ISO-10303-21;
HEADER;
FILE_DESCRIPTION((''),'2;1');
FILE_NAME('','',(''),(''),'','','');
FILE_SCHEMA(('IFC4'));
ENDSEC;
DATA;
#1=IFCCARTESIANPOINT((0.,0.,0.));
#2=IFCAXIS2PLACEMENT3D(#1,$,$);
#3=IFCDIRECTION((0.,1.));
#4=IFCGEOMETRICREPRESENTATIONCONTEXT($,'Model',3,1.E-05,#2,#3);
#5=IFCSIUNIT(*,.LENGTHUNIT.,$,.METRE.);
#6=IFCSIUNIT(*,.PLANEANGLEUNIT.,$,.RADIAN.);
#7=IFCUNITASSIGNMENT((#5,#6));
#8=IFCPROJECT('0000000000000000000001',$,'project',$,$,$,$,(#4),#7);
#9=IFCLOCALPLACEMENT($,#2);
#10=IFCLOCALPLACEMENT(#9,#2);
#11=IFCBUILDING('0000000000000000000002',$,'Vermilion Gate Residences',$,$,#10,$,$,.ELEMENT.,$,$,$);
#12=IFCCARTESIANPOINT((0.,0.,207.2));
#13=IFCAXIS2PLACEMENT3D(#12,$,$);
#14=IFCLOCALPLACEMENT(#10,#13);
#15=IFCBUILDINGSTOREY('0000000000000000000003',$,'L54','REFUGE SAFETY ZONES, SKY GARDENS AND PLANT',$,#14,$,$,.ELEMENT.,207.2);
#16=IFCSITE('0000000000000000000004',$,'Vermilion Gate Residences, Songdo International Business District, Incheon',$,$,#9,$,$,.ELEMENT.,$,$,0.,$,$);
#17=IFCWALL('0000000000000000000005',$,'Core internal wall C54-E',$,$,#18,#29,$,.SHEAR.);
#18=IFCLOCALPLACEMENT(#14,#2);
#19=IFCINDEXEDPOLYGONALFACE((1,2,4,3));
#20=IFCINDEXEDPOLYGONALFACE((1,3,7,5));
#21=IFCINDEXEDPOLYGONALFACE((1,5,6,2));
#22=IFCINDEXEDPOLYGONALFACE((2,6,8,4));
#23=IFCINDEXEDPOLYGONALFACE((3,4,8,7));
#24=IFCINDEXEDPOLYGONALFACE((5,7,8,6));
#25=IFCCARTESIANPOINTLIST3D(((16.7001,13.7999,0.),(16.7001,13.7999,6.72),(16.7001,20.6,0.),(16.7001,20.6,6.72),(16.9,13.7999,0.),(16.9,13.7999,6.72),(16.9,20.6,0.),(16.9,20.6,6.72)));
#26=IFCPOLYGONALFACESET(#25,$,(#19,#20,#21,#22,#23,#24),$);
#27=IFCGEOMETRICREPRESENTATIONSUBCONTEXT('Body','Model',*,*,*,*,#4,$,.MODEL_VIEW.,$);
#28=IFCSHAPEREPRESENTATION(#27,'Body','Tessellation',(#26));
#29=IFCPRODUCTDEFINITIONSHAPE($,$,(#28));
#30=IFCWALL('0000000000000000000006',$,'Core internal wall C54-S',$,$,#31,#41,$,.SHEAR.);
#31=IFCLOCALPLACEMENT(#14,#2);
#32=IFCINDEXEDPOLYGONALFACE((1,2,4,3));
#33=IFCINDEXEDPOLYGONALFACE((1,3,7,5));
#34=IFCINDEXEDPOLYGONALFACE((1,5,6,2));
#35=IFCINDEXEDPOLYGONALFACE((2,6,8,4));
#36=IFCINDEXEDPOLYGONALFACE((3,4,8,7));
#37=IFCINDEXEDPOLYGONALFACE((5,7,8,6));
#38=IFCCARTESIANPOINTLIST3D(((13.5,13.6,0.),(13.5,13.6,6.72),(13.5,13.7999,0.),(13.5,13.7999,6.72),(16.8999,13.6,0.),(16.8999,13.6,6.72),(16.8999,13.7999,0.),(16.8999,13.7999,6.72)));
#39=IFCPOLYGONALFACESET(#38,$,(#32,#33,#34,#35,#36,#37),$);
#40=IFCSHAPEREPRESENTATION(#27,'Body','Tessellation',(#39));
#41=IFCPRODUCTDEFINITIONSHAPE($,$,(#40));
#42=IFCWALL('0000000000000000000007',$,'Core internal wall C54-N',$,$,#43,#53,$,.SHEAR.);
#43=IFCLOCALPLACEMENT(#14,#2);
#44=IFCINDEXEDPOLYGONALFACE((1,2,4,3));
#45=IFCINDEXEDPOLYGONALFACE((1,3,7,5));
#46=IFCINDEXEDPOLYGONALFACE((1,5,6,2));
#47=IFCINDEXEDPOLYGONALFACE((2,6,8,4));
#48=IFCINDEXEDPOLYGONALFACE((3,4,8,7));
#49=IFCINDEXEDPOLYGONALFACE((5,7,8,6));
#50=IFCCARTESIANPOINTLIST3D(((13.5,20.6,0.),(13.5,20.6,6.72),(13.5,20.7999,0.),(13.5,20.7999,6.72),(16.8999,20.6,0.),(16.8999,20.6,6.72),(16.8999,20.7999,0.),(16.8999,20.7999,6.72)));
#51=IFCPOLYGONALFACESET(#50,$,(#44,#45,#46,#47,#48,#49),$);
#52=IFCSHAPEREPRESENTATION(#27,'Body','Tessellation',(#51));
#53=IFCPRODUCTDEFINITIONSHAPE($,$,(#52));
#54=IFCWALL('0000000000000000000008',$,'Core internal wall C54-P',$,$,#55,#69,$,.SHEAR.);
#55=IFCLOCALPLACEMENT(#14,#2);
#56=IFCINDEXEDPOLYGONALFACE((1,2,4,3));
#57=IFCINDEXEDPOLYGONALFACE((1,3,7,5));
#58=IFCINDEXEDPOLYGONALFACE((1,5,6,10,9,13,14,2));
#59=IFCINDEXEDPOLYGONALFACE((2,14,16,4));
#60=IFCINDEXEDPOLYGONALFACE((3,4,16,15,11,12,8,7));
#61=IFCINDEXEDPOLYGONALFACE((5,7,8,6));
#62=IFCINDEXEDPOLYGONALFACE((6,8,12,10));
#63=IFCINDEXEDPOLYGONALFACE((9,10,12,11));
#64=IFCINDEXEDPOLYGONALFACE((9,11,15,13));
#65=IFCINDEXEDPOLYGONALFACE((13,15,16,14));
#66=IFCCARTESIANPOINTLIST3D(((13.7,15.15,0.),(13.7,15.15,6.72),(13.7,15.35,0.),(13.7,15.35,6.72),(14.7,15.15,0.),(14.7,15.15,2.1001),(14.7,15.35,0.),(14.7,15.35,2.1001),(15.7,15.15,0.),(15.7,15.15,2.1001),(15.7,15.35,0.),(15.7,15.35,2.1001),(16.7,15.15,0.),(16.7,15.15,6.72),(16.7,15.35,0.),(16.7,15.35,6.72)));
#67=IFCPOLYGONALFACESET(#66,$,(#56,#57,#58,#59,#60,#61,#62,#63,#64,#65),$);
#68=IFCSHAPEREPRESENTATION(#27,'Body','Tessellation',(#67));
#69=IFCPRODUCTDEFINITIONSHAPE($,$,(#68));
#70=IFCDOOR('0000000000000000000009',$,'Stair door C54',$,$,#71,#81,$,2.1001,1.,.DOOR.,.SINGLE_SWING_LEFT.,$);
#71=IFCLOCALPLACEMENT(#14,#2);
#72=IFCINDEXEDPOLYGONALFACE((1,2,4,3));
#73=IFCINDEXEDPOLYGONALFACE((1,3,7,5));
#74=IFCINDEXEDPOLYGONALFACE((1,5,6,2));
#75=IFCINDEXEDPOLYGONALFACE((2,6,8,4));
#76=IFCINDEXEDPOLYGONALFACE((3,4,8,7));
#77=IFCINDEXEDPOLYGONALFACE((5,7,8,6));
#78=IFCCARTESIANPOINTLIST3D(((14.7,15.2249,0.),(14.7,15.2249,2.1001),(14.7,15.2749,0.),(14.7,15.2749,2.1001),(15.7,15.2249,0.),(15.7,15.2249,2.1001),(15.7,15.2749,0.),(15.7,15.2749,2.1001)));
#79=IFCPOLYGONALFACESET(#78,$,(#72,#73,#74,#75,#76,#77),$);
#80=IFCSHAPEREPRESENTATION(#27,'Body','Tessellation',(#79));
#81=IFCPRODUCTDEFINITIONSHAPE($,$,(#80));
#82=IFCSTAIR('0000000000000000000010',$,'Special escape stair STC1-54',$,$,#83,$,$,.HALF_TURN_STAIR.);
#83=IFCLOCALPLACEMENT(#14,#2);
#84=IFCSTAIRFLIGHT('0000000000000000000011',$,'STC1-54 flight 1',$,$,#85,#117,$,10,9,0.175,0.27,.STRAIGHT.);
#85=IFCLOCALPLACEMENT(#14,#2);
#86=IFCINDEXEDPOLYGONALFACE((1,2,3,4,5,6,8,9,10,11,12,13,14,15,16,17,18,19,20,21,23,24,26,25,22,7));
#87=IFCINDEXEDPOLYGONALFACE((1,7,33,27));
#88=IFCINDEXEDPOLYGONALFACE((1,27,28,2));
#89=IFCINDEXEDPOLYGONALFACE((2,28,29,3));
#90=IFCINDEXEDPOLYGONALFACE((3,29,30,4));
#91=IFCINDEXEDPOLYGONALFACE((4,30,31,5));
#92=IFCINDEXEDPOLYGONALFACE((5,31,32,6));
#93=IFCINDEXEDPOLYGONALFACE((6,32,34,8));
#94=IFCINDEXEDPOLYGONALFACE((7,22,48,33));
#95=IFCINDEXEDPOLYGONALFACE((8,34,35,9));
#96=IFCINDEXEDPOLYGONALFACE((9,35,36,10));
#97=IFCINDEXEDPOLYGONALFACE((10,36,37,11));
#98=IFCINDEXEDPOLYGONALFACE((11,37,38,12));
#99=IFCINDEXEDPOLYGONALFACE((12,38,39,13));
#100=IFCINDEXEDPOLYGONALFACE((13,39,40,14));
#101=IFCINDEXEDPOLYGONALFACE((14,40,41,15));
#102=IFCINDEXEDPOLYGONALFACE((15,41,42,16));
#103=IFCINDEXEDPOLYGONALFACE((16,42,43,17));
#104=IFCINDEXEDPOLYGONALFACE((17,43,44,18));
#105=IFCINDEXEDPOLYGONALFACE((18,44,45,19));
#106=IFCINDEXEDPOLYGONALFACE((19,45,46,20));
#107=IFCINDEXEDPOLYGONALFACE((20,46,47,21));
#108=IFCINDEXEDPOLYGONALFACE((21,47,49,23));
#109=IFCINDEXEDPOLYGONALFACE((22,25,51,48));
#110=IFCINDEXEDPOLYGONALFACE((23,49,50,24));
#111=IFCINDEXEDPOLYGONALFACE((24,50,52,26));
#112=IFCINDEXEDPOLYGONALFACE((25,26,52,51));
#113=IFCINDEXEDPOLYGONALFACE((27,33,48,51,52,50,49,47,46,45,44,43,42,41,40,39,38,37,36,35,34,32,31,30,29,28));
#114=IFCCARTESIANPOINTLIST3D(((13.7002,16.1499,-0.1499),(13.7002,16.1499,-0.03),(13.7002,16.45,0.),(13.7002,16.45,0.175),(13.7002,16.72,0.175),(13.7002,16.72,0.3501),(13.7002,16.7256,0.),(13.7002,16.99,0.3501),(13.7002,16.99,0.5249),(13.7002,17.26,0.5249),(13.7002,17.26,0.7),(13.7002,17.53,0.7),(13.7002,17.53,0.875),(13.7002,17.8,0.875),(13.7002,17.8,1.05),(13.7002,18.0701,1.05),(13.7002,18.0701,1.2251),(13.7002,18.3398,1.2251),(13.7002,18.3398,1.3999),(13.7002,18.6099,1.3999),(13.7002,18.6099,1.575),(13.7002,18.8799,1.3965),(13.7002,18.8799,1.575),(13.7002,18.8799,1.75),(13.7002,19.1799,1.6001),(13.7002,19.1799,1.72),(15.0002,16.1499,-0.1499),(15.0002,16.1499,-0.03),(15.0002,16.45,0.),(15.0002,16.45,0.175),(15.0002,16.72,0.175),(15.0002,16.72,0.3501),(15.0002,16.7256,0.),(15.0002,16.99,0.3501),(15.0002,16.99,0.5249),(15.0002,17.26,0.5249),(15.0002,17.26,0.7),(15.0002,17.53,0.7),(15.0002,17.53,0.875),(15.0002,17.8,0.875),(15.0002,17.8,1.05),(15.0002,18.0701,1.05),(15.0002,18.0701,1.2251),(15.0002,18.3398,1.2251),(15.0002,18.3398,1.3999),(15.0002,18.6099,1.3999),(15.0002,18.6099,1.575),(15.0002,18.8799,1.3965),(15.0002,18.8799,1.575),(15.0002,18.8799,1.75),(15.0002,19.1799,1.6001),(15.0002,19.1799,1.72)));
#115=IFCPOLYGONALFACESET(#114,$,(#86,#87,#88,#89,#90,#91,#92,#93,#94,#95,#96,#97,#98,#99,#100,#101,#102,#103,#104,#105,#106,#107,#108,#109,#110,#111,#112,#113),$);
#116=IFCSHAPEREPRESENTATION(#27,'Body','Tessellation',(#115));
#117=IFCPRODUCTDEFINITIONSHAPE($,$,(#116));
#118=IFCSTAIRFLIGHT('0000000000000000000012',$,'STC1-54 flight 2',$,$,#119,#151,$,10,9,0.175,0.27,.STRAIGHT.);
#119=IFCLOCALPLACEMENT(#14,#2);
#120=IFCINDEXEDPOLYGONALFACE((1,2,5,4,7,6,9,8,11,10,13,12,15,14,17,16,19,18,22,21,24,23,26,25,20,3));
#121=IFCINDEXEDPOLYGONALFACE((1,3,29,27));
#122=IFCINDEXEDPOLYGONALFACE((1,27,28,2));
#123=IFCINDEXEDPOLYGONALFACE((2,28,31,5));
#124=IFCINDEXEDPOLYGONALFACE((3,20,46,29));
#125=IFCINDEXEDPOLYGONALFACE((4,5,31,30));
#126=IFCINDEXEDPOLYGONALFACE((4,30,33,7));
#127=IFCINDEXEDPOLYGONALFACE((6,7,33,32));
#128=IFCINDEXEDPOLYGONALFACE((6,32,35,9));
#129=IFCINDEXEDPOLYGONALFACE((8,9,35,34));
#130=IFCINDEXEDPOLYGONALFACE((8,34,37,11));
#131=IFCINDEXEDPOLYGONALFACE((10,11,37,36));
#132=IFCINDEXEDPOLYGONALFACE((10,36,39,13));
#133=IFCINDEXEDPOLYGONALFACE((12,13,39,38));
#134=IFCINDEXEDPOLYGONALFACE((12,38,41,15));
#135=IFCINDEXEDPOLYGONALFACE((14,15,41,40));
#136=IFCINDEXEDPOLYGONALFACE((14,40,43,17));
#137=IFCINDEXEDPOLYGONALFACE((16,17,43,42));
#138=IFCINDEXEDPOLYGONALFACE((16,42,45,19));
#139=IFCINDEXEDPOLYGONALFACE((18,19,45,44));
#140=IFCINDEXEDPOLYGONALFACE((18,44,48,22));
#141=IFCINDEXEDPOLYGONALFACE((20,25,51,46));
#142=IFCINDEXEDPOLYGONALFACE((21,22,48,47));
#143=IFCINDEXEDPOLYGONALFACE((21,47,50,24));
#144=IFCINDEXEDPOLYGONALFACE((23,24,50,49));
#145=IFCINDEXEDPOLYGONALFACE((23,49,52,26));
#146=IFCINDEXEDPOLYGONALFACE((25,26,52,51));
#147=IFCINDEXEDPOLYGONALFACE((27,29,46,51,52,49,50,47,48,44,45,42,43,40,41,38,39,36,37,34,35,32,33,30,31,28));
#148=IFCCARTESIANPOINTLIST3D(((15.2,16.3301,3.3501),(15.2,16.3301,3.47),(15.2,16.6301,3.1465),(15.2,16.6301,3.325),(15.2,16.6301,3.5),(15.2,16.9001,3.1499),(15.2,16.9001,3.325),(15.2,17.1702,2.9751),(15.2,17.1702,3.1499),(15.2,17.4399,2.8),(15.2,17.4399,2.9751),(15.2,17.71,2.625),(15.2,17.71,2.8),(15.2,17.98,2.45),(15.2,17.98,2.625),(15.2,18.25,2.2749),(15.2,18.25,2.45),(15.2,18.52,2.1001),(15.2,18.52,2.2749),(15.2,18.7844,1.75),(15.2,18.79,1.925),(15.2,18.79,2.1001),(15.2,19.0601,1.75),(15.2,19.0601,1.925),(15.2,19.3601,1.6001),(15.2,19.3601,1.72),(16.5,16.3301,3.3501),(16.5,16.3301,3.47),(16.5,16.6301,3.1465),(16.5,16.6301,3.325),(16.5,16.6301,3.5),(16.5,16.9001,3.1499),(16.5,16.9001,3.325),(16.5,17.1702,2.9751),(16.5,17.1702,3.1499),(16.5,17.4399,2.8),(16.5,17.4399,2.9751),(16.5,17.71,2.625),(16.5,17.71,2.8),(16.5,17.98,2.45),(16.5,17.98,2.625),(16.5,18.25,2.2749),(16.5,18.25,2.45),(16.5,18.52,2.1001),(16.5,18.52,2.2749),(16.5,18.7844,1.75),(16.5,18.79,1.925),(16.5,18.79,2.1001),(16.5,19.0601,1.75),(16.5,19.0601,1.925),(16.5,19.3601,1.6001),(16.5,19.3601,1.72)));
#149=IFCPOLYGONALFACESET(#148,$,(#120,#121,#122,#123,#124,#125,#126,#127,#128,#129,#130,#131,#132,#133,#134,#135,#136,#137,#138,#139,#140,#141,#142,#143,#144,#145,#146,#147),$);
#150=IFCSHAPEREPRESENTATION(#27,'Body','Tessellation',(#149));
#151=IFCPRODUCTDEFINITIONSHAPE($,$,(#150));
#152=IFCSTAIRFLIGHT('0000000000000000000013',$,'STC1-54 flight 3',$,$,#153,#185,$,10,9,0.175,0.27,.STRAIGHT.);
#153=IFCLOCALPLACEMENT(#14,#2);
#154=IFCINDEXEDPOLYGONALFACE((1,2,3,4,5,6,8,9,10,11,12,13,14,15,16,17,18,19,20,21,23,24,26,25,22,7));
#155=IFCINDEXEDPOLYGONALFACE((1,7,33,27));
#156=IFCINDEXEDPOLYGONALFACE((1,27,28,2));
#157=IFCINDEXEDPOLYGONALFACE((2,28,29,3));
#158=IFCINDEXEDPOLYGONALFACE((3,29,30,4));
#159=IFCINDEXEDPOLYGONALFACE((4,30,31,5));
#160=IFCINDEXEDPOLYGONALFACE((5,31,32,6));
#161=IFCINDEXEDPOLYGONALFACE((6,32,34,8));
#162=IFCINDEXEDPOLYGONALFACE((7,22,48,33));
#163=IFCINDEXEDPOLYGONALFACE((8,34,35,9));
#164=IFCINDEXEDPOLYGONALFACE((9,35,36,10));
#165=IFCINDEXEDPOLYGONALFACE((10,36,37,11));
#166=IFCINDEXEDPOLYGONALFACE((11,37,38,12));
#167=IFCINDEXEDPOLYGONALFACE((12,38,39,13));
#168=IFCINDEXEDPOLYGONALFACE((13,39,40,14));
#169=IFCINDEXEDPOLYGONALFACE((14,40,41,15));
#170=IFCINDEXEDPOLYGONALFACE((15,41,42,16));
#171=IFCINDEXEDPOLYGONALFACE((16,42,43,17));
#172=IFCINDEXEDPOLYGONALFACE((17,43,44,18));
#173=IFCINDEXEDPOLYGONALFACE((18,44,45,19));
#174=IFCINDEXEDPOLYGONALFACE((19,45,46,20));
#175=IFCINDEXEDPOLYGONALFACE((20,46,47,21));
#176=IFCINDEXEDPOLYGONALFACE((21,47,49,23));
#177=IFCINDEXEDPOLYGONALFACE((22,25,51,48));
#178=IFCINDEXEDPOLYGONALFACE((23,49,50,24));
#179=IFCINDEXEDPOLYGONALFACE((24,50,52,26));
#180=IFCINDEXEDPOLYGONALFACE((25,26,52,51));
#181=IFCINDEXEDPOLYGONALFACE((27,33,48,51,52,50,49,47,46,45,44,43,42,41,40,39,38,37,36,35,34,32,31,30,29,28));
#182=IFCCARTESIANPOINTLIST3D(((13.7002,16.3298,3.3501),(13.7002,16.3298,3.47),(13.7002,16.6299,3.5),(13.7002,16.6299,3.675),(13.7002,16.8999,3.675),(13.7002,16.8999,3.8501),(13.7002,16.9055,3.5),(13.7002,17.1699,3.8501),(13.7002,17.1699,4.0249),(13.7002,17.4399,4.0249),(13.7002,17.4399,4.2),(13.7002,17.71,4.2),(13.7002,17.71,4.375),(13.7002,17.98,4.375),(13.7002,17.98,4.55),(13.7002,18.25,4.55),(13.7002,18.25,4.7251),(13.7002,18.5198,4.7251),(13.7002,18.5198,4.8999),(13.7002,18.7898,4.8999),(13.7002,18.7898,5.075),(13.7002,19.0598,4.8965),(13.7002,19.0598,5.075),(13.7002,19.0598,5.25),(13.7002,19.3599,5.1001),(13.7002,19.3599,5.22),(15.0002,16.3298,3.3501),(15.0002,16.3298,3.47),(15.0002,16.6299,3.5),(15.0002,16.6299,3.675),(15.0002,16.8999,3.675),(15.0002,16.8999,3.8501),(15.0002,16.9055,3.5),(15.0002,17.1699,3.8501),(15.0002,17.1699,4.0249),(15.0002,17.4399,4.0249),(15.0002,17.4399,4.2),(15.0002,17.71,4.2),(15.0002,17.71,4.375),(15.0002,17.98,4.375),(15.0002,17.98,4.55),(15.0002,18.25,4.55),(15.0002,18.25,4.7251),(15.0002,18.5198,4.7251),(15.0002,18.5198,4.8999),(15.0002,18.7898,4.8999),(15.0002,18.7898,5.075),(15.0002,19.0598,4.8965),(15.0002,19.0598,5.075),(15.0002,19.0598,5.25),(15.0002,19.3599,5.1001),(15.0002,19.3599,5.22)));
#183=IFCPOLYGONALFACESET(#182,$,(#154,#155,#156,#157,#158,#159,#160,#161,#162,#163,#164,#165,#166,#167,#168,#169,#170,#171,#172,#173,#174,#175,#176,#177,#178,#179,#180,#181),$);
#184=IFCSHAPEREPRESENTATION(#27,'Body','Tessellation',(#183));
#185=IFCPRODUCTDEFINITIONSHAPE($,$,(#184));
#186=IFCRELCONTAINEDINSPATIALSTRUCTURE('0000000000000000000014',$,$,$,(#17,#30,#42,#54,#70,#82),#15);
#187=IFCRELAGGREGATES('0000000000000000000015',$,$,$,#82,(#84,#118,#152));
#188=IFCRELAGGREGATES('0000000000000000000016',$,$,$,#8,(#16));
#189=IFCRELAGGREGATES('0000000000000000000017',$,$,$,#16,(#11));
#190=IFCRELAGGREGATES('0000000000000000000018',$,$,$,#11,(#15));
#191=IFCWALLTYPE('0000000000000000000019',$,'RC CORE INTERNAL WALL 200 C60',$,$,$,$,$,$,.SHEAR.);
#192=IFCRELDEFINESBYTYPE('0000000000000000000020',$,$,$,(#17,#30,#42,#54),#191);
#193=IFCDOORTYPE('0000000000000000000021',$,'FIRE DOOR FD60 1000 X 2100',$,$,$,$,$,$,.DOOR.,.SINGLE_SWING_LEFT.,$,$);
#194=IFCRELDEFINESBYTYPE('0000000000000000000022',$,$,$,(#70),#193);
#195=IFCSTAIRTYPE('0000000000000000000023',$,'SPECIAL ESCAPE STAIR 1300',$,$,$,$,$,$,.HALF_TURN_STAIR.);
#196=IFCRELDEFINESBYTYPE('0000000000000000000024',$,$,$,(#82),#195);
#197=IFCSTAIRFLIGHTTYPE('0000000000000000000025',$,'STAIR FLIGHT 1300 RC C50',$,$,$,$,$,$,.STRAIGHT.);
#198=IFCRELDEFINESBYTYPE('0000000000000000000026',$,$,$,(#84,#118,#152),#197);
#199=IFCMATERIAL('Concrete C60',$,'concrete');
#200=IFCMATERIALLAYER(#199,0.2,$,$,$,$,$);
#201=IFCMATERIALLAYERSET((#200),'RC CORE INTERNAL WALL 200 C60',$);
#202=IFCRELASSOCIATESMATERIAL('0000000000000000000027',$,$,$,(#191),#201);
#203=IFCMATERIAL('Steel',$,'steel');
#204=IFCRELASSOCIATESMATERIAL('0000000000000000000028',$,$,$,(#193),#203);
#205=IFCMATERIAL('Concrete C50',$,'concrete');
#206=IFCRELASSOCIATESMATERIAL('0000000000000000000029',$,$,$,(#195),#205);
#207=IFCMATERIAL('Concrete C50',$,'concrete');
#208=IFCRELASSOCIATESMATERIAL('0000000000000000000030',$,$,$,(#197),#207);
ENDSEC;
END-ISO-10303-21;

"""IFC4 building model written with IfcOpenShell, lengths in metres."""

from ifc_helpers import new_model, si_unit, direction, frame, frame_2d, origin, place, context, subcontext, project, spatial, polyline, rectangle, outline, extrude, material, layer, layer_set, type_object, element, fill, aggregate, save


model = new_model("IFC4")

# Units and contexts
model_context = context("Model", 3, precision=1e-05, world=origin(), true_north=direction((0.0, 1.0)))
body_context = subcontext(model_context, "Body", "Model", "MODEL_VIEW")
ifc_project = project(units=[si_unit("LENGTHUNIT", "METRE"), si_unit("PLANEANGLEUNIT", "RADIAN")], contexts=[model_context])

# Site, building, storey
site_placement = place(None, origin())
site = spatial("IfcSite", under=ifc_project, at=site_placement, Name="Vermilion Gate Residences, Songdo International Business District, Incheon", CompositionType="ELEMENT", RefElevation=0.0)
building_placement = place(site_placement, origin())
building = spatial("IfcBuilding", under=site, at=building_placement, Name="Vermilion Gate Residences", CompositionType="ELEMENT")
storey_placement = place(building_placement, frame((0.0, 0.0, 207.2)))
storey = spatial("IfcBuildingStorey", under=building, at=storey_placement, Name="L54", Description="REFUGE SAFETY ZONES, SKY GARDENS AND PLANT", CompositionType="ELEMENT", Elevation=207.2)

# Shared definitions
ifc_material_1 = material(Name="Concrete C60", Category="concrete")
ifc_layer_1 = layer(ifc_material_1, 0.2)
ifc_layer_set_1 = layer_set([ifc_layer_1], Name="RC CORE INTERNAL WALL 200 C60")
wall_type_1 = type_object("IfcWallType", Name="RC CORE INTERNAL WALL 200 C60", PredefinedType="SHEAR", material=ifc_layer_set_1)
ifc_material_2 = material(Name="Steel", Category="steel")
door_type_1 = type_object("IfcDoorType", Name="FIRE DOOR FD60 1000 X 2100", OperationType="SINGLE_SWING_LEFT", PredefinedType="DOOR", material=ifc_material_2)

# Walls
wall_1_placement = place(storey_placement, frame((16.8, 13.8, 0.0), z_axis=(0.0, 0.0, 1.0), x_axis=(0.0, 1.0, 0.0)))
element("IfcWall", 1, at=wall_1_placement, inside=storey, type_object=wall_type_1, Name="Core internal wall C54-E", PredefinedType="SHEAR", context=body_context, shape_type="SweptSolid", body=[
    extrude(rectangle(XDim=6.8, YDim=0.2, at=frame_2d((3.3999, 0.0))), origin(), (0.0, 0.0, 1.0), 6.72),
])
for number, where, z_axis, x_axis, name in (
    (2, (13.5, 13.7, 0.0), (0.0, 0.0, 1.0), (1.0, 0.0, 0.0), "Core internal wall C54-S"),
    (3, (13.5, 20.7, 0.0), (0.0, 0.0, 1.0), (1.0, 0.0, 0.0), "Core internal wall C54-N"),
):
    element("IfcWall", number, at=place(storey_placement, frame(where, z_axis=z_axis, x_axis=x_axis)), inside=storey, type_object=wall_type_1, Name=name, PredefinedType="SHEAR", context=body_context, shape_type="SweptSolid", body=[
        extrude(rectangle(XDim=3.3999, YDim=0.2, at=frame_2d((1.7, 0.0))), origin(), (0.0, 0.0, 1.0), 6.72),
    ])

# Wall, opening, door
wall_2_placement = place(storey_placement, frame((13.7, 15.25, 0.0), z_axis=(0.0, 0.0, 1.0), x_axis=(1.0, 0.0, 0.0)))
wall_2 = element("IfcWall", 4, at=wall_2_placement, inside=storey, type_object=wall_type_1, Name="Core internal wall C54-P", PredefinedType="SHEAR", context=body_context, shape_type="SweptSolid", body=[
    extrude(rectangle(XDim=3.0, YDim=0.2, at=frame_2d((1.5, 0.0))), origin(), (0.0, 0.0, 1.0), 6.72),
])
opening_1_placement = place(wall_2_placement, frame((1.0, 0.0, 0.0)))
opening_1 = element("IfcOpeningElement", 5, at=opening_1_placement, cuts=wall_2, PredefinedType="OPENING", context=body_context, shape_type="SweptSolid", body=[
    extrude(rectangle(XDim=1.0, YDim=2.1001, at=frame_2d((0.5, 1.05))), frame((0.0, 0.1099, 0.0), z_axis=(0.0, -1.0, 0.0), x_axis=(1.0, 0.0, 0.0)), (0.0, 0.0, 1.0), 0.22),
])
door_1_placement = place(opening_1_placement, origin())
door_1 = element("IfcDoor", 6, at=door_1_placement, inside=storey, type_object=door_type_1, Name="Stair door C54", OperationType="SINGLE_SWING_LEFT", OverallHeight=2.1001, OverallWidth=1.0, PredefinedType="DOOR", context=body_context, shape_type="SweptSolid", body=[
    extrude(rectangle(XDim=1.0, YDim=2.1001, at=frame_2d((0.5, 1.05))), frame((0.0, 0.0249, 0.0), z_axis=(0.0, -1.0, 0.0), x_axis=(1.0, 0.0, 0.0)), (0.0, 0.0, 1.0), 0.05),
])
fill(opening_1, door_1)

# Stair, stair flights
ifc_material_3 = material(Name="Concrete C50", Category="concrete")
stair_type = type_object("IfcStairType", Name="SPECIAL ESCAPE STAIR 1300", PredefinedType="HALF_TURN_STAIR", material=ifc_material_3)
stair_placement = place(storey_placement, origin())
stair = element("IfcStair", 7, at=stair_placement, inside=storey, type_object=stair_type, Name="Special escape stair STC1-54", PredefinedType="HALF_TURN_STAIR")
ifc_material_4 = material(Name="Concrete C50", Category="concrete")
stair_flight_type = type_object("IfcStairFlightType", Name="STAIR FLIGHT 1300 RC C50", PredefinedType="STRAIGHT", material=ifc_material_4)
stair_flight_1_placement = place(storey_placement, frame((14.3501, 16.45, 0.0), z_axis=(0.0, 0.0, 1.0), x_axis=(0.0, 1.0, 0.0)))
stair_flight_1 = element("IfcStairFlight", 8, at=stair_flight_1_placement, type_object=stair_flight_type, Name="STC1-54 flight 1", NumberOfRisers=10, NumberOfTreads=9, PredefinedType="STRAIGHT", RiserHeight=0.175, TreadLength=0.27, context=body_context, shape_type="SweptSolid", body=[
    extrude(outline(polyline([(-0.3, -0.1499), (-0.3, -0.03), (0.0, 0.0), (0.0, 0.175), (0.27, 0.175), (0.27, 0.3501), (0.54, 0.3501), (0.54, 0.5249), (0.8101, 0.5249), (0.8101, 0.7), (1.0801, 0.7), (1.0801, 0.875), (1.3501, 0.875), (1.3501, 1.05), (1.6201, 1.05), (1.6201, 1.2251), (1.8899, 1.2251), (1.8899, 1.3999), (2.1599, 1.3999), (2.1599, 1.575), (2.4299, 1.575), (2.4299, 1.75), (2.73, 1.72), (2.73, 1.6001), (2.4299, 1.3965), (0.2756, 0.0), (-0.3, -0.1499)])), frame((0.0, 0.6499, 0.0), z_axis=(0.0, -1.0, 0.0), x_axis=(1.0, 0.0, 0.0)), (0.0, 0.0, 1.0), 1.3),
])
stair_flight_2_placement = place(storey_placement, frame((15.8501, 19.0601, 1.75), z_axis=(0.0, 0.0, 1.0), x_axis=(0.0, -1.0, 0.0)))
stair_flight_2 = element("IfcStairFlight", 9, at=stair_flight_2_placement, type_object=stair_flight_type, Name="STC1-54 flight 2", NumberOfRisers=10, NumberOfTreads=9, PredefinedType="STRAIGHT", RiserHeight=0.175, TreadLength=0.27, context=body_context, shape_type="SweptSolid", body=[
    extrude(outline(polyline([(-0.3, -0.1499), (-0.3, -0.03), (0.0, 0.0), (0.0, 0.175), (0.27, 0.175), (0.27, 0.3501), (0.54, 0.3501), (0.54, 0.5249), (0.8101, 0.5249), (0.8101, 0.7), (1.0801, 0.7), (1.0801, 0.875), (1.3501, 0.875), (1.3501, 1.05), (1.6201, 1.05), (1.6201, 1.2251), (1.8899, 1.2251), (1.8899, 1.3999), (2.1599, 1.3999), (2.1599, 1.575), (2.4299, 1.575), (2.4299, 1.75), (2.73, 1.72), (2.73, 1.6001), (2.4299, 1.3965), (0.2756, 0.0), (-0.3, -0.1499)])), frame((0.0, 0.6499, 0.0), z_axis=(0.0, -1.0, 0.0), x_axis=(1.0, 0.0, 0.0)), (0.0, 0.0, 1.0), 1.3),
])
stair_flight_3_placement = place(storey_placement, frame((14.3501, 16.6299, 3.5), z_axis=(0.0, 0.0, 1.0), x_axis=(0.0, 1.0, 0.0)))
stair_flight_3 = element("IfcStairFlight", 10, at=stair_flight_3_placement, type_object=stair_flight_type, Name="STC1-54 flight 3", NumberOfRisers=10, NumberOfTreads=9, PredefinedType="STRAIGHT", RiserHeight=0.175, TreadLength=0.27, context=body_context, shape_type="SweptSolid", body=[
    extrude(outline(polyline([(-0.3, -0.1499), (-0.3, -0.03), (0.0, 0.0), (0.0, 0.175), (0.27, 0.175), (0.27, 0.3501), (0.54, 0.3501), (0.54, 0.5249), (0.8101, 0.5249), (0.8101, 0.7), (1.0801, 0.7), (1.0801, 0.875), (1.3501, 0.875), (1.3501, 1.05), (1.6201, 1.05), (1.6201, 1.2251), (1.8899, 1.2251), (1.8899, 1.3999), (2.1599, 1.3999), (2.1599, 1.575), (2.4299, 1.575), (2.4299, 1.75), (2.73, 1.72), (2.73, 1.6001), (2.4299, 1.3965), (0.2756, 0.0), (-0.3, -0.1499)])), frame((0.0, 0.6499, 0.0), z_axis=(0.0, -1.0, 0.0), x_axis=(1.0, 0.0, 0.0)), (0.0, 0.0, 1.0), 1.3),
])
aggregate(stair, [stair_flight_1, stair_flight_2, stair_flight_3])

save(model, "model.ifc")
